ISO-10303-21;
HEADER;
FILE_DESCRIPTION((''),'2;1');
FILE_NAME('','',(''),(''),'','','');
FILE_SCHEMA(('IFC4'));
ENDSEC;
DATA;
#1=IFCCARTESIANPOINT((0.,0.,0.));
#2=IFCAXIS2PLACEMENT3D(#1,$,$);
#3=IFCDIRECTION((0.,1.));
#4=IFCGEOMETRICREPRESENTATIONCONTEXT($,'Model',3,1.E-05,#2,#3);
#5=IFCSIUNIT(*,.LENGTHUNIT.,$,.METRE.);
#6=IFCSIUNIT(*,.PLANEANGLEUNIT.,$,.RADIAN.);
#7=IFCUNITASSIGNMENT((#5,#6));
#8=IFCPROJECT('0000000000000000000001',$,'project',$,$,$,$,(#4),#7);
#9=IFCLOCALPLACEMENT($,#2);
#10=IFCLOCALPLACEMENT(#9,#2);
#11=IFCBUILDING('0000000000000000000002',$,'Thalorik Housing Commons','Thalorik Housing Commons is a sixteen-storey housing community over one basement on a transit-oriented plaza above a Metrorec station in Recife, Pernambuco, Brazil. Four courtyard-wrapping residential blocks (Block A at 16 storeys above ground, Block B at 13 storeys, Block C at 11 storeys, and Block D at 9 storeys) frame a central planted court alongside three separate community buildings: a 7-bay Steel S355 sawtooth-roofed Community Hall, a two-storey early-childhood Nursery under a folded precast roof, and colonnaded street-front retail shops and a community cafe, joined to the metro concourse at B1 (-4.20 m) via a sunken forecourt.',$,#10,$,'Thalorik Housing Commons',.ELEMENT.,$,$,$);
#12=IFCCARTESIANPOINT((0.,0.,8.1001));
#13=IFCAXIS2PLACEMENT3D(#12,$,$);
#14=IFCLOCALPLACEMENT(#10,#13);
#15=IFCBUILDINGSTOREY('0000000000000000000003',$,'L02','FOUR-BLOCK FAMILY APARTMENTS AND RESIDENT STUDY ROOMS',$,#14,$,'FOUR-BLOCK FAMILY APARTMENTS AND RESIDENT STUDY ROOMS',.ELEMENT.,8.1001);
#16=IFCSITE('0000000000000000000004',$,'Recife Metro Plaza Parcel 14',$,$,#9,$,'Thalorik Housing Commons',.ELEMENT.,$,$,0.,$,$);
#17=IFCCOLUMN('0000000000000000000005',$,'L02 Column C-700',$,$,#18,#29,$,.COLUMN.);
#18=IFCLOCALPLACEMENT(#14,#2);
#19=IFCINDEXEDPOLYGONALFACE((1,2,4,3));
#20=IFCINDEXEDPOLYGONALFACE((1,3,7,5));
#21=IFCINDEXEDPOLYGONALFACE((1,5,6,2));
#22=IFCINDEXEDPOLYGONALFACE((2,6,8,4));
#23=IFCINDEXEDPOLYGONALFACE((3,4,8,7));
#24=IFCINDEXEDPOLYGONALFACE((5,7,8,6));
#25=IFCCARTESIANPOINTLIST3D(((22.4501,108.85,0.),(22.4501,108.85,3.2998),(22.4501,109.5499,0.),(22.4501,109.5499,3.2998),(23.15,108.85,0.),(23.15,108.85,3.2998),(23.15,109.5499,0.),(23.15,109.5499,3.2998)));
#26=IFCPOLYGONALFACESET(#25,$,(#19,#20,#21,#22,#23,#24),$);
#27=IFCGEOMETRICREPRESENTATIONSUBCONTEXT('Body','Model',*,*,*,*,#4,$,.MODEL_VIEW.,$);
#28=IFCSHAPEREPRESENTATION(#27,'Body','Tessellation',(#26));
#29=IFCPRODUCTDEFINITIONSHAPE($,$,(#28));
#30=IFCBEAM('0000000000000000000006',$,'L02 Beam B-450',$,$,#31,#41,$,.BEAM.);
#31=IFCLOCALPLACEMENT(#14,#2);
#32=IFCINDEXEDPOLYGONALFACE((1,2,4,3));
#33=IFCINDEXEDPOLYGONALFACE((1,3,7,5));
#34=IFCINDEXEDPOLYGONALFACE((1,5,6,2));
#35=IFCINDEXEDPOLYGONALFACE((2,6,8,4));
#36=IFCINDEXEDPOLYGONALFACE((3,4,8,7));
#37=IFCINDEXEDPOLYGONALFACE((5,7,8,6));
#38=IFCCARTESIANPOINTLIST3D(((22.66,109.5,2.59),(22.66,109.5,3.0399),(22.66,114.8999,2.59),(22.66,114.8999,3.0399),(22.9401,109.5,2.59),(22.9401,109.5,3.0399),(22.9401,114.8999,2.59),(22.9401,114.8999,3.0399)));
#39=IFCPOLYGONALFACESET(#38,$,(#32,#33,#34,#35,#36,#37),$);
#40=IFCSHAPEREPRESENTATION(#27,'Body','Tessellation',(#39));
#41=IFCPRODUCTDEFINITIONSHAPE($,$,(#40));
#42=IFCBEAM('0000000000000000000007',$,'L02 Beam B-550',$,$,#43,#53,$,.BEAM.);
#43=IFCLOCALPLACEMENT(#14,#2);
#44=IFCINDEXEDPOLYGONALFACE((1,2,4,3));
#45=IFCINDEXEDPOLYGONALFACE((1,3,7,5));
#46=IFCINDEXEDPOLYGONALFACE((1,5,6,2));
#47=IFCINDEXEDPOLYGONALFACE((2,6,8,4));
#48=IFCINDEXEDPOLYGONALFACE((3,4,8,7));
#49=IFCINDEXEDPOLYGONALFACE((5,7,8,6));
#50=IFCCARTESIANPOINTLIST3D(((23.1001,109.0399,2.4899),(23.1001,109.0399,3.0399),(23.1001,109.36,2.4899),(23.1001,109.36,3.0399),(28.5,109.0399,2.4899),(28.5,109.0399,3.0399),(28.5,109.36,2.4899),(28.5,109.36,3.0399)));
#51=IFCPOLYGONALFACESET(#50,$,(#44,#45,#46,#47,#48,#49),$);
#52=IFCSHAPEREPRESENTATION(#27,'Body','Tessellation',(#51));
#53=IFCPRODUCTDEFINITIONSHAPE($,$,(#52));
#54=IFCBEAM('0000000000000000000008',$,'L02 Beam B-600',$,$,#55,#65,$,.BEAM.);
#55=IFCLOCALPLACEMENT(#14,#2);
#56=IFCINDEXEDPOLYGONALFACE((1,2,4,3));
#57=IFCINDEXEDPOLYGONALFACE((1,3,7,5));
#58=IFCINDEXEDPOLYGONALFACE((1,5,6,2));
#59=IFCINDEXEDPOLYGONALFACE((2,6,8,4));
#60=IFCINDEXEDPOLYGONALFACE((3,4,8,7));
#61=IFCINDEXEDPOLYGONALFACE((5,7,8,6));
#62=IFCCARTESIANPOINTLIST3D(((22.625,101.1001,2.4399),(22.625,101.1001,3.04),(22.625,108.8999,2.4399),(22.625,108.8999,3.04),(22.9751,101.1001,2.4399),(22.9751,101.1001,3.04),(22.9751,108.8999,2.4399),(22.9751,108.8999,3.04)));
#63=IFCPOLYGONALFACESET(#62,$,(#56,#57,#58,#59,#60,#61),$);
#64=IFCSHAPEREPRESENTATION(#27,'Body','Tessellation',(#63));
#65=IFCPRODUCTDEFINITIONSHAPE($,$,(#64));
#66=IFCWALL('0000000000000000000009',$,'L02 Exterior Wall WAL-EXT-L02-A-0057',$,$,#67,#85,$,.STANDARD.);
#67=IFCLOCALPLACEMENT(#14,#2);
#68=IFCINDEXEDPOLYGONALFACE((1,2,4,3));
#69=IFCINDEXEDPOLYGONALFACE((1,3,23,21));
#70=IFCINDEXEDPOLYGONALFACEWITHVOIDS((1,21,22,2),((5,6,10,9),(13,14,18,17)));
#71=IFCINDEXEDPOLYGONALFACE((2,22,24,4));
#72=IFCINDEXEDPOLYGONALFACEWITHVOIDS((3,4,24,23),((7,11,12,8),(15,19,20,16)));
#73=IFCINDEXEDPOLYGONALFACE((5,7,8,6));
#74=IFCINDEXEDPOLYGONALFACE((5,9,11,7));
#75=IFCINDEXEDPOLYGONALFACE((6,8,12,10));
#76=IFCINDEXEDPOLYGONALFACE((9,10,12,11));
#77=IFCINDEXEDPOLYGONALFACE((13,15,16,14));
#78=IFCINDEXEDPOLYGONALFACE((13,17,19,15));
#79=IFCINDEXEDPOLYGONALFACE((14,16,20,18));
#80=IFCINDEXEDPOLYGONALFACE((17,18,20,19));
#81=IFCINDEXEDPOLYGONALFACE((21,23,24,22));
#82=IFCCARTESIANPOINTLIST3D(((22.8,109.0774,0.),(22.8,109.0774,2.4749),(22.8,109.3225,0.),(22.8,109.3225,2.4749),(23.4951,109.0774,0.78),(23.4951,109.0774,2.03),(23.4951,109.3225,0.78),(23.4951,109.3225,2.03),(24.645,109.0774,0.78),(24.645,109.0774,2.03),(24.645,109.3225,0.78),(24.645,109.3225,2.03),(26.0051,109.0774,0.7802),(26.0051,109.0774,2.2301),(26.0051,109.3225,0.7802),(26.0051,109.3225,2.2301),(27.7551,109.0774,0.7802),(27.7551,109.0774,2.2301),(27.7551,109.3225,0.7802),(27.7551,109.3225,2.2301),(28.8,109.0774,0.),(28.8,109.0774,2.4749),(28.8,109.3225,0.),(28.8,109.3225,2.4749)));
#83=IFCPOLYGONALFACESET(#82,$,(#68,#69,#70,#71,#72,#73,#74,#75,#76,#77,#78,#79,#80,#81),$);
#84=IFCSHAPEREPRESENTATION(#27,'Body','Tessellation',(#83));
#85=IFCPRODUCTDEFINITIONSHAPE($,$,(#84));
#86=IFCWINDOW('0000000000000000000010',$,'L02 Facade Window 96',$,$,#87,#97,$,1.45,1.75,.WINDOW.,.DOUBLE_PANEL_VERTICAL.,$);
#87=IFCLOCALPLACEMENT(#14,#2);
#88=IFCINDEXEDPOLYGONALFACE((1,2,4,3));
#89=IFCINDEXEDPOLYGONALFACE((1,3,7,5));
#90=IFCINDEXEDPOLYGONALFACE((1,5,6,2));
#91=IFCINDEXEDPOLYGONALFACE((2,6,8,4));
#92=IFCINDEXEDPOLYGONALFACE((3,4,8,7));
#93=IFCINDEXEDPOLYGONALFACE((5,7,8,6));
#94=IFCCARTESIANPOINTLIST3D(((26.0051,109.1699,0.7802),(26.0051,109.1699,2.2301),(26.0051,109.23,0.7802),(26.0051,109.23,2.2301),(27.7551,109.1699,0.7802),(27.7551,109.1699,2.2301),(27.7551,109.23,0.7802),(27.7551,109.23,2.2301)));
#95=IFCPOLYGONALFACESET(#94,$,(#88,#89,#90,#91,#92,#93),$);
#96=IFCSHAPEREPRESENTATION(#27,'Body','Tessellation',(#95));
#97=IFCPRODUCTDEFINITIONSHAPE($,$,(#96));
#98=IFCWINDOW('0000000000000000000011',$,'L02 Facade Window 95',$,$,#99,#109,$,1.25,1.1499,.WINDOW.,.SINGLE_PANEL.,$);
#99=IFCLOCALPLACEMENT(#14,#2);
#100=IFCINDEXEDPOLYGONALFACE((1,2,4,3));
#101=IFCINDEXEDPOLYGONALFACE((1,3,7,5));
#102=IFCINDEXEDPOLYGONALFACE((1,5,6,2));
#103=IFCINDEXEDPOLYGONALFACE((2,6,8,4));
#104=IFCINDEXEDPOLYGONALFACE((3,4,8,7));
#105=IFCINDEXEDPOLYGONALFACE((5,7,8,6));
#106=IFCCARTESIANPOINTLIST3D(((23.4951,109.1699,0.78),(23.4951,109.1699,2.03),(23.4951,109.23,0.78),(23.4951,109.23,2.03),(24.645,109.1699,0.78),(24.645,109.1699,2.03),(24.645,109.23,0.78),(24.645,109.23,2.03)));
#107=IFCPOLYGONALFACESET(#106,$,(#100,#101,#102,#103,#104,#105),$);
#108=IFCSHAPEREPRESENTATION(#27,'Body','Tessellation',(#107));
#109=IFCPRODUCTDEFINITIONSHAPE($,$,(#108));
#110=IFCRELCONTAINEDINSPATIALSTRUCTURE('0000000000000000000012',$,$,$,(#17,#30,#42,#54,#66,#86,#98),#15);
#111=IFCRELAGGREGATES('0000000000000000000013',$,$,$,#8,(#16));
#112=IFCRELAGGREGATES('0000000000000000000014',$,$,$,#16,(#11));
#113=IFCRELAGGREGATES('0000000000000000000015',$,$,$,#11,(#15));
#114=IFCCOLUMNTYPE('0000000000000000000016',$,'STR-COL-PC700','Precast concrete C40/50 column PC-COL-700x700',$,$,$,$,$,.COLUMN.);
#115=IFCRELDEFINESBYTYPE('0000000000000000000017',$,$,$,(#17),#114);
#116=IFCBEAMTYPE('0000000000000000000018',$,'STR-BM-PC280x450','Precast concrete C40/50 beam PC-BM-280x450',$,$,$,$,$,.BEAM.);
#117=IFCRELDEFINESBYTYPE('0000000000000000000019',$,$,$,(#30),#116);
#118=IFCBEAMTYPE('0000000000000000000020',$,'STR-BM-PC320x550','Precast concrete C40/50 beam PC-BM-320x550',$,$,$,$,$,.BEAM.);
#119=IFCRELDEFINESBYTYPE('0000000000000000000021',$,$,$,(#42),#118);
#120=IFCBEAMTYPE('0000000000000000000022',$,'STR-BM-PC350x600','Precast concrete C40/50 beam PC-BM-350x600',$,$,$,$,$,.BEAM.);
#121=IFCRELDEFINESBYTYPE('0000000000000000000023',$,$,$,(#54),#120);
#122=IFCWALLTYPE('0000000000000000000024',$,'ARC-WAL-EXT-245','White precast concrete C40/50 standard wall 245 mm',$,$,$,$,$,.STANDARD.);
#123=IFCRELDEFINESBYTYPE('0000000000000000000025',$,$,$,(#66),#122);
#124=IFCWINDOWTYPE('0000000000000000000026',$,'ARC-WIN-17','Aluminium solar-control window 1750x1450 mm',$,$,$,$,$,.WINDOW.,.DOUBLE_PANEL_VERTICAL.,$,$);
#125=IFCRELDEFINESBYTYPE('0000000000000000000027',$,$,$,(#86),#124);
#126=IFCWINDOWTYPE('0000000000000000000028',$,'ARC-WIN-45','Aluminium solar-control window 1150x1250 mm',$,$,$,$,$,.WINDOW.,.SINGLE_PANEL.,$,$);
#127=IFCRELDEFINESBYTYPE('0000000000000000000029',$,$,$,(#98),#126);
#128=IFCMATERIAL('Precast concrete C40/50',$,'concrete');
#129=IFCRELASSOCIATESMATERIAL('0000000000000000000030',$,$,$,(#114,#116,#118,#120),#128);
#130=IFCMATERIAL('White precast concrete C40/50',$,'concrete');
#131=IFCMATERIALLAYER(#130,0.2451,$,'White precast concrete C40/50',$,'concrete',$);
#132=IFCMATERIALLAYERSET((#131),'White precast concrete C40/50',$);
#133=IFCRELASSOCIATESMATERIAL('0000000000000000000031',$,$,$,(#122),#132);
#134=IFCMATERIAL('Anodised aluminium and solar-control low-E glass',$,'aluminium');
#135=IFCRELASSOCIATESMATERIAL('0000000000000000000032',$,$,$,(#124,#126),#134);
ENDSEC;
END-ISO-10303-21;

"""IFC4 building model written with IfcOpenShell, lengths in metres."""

from ifc_helpers import new_model, si_unit, direction, frame, frame_2d, origin, origin_2d, place, context, subcontext, project, spatial, rectangle, extrude, material, layer, layer_set, material_profile, profile_set, type_object, element, fill, save


model = new_model("IFC4")

# Units and contexts
model_context = context("Model", 3, precision=1e-05, world=origin(), true_north=direction((0.0, 1.0)))
body_context = subcontext(model_context, "Body", "Model", "MODEL_VIEW")
ifc_project = project(units=[si_unit("LENGTHUNIT", "METRE"), si_unit("PLANEANGLEUNIT", "RADIAN")], contexts=[model_context])

# Site, building, storey
site_placement = place(None, origin())
site = spatial("IfcSite", under=ifc_project, at=site_placement, Name="Recife Metro Plaza Parcel 14", LongName="Thalorik Housing Commons", CompositionType="ELEMENT", RefElevation=0.0)
building_placement = place(site_placement, origin())
building = spatial("IfcBuilding", under=site, at=building_placement, Name="Thalorik Housing Commons", Description="Thalorik Housing Commons is a sixteen-storey housing community over one basement on a transit-oriented plaza above a Metrorec station in Recife, Pernambuco, Brazil. Four courtyard-wrapping residential blocks (Block A at 16 storeys above ground, Block B at 13 storeys, Block C at 11 storeys, and Block D at 9 storeys) frame a central planted court alongside three separate community buildings: a 7-bay Steel S355 sawtooth-roofed Community Hall, a two-storey early-childhood Nursery under a folded precast roof, and colonnaded street-front retail shops and a community cafe, joined to the metro concourse at B1 (-4.20 m) via a sunken forecourt.", LongName="Thalorik Housing Commons", CompositionType="ELEMENT")
storey_placement = place(building_placement, frame((0.0, 0.0, 8.1001)))
storey = spatial("IfcBuildingStorey", under=building, at=storey_placement, Name="L02", Description="FOUR-BLOCK FAMILY APARTMENTS AND RESIDENT STUDY ROOMS", LongName="FOUR-BLOCK FAMILY APARTMENTS AND RESIDENT STUDY ROOMS", CompositionType="ELEMENT", Elevation=8.1001)

# Column
ifc_material_1 = material(Name="Precast concrete C40/50", Category="concrete")
ifc_material_profile_1 = material_profile(ifc_material_1, rectangle(XDim=0.7, YDim=0.7, at=origin_2d()), Name="PC 700x700", Category="concrete")
ifc_profile_set_1 = profile_set([ifc_material_profile_1], Name="Precast concrete C40/50")
column_type = type_object("IfcColumnType", Name="STR-COL-PC700", Description="Precast concrete C40/50 column PC-COL-700x700", PredefinedType="COLUMN", material=ifc_profile_set_1)
column_placement = place(storey_placement, frame((22.8, 109.2, 0.0), z_axis=(0.0, 0.0, 1.0), x_axis=(1.0, 0.0, 0.0)))
element("IfcColumn", 1, at=column_placement, inside=storey, type_object=column_type, Name="L02 Column C-700", PredefinedType="COLUMN", context=body_context, shape_type="SweptSolid", body=[
    extrude(rectangle(XDim=0.7, YDim=0.7, at=origin_2d()), origin(), (0.0, 0.0, 1.0), 3.2998),
])

# Beams
ifc_material_profile_2 = material_profile(ifc_material_1, rectangle(XDim=0.28, YDim=0.45, at=origin_2d()), Name="PC 280x450", Category="concrete")
ifc_profile_set_2 = profile_set([ifc_material_profile_2], Name="Precast concrete C40/50")
beam_type_1 = type_object("IfcBeamType", Name="STR-BM-PC280x450", Description="Precast concrete C40/50 beam PC-BM-280x450", PredefinedType="BEAM", material=ifc_profile_set_2)
beam_1_placement = place(storey_placement, frame((22.8, 109.5, 2.8149), z_axis=(0.0, 1.0, 0.0), x_axis=(-1.0, 0.0, 0.0)))
element("IfcBeam", 2, at=beam_1_placement, inside=storey, type_object=beam_type_1, Name="L02 Beam B-450", PredefinedType="BEAM", context=body_context, shape_type="SweptSolid", body=[
    extrude(rectangle(XDim=0.28, YDim=0.45, at=origin_2d()), origin(), (0.0, 0.0, 1.0), 5.3999),
])
ifc_material_profile_3 = material_profile(ifc_material_1, rectangle(XDim=0.3201, YDim=0.55, at=origin_2d()), Name="PC 320x550", Category="concrete")
ifc_profile_set_3 = profile_set([ifc_material_profile_3], Name="Precast concrete C40/50")
beam_type_2 = type_object("IfcBeamType", Name="STR-BM-PC320x550", Description="Precast concrete C40/50 beam PC-BM-320x550", PredefinedType="BEAM", material=ifc_profile_set_3)
beam_2_placement = place(storey_placement, frame((23.1001, 109.2, 2.7649), z_axis=(1.0, 0.0, 0.0), x_axis=(0.0, 1.0, 0.0)))
element("IfcBeam", 3, at=beam_2_placement, inside=storey, type_object=beam_type_2, Name="L02 Beam B-550", PredefinedType="BEAM", context=body_context, shape_type="SweptSolid", body=[
    extrude(rectangle(XDim=0.3201, YDim=0.55, at=origin_2d()), origin(), (0.0, 0.0, 1.0), 5.3999),
])
ifc_material_profile_4 = material_profile(ifc_material_1, rectangle(XDim=0.3501, YDim=0.6001, at=origin_2d()), Name="PC 350x600", Category="concrete")
ifc_profile_set_4 = profile_set([ifc_material_profile_4], Name="Precast concrete C40/50")
beam_type_3 = type_object("IfcBeamType", Name="STR-BM-PC350x600", Description="Precast concrete C40/50 beam PC-BM-350x600", PredefinedType="BEAM", material=ifc_profile_set_4)
beam_3_placement = place(storey_placement, frame((22.8, 101.1001, 2.74), z_axis=(0.0, 1.0, 0.0), x_axis=(-1.0, 0.0, 0.0)))
element("IfcBeam", 4, at=beam_3_placement, inside=storey, type_object=beam_type_3, Name="L02 Beam B-600", PredefinedType="BEAM", context=body_context, shape_type="SweptSolid", body=[
    extrude(rectangle(XDim=0.3501, YDim=0.6001, at=origin_2d()), origin(), (0.0, 0.0, 1.0), 7.7998),
])

# Wall, openings, windows
ifc_material_2 = material(Name="White precast concrete C40/50", Category="concrete")
ifc_layer_1 = layer(ifc_material_2, 0.2451, Name="White precast concrete C40/50", Category="concrete")
ifc_layer_set_1 = layer_set([ifc_layer_1], Name="White precast concrete C40/50")
wall_type_1 = type_object("IfcWallType", Name="ARC-WAL-EXT-245", Description="White precast concrete C40/50 standard wall 245 mm", PredefinedType="STANDARD", material=ifc_layer_set_1)
wall_1_placement = place(storey_placement, frame((22.8, 109.2, 0.0), z_axis=(0.0, 0.0, 1.0), x_axis=(1.0, 0.0, 0.0)))
wall_1 = element("IfcWall", 5, at=wall_1_placement, inside=storey, type_object=wall_type_1, Name="L02 Exterior Wall WAL-EXT-L02-A-0057", PredefinedType="STANDARD", context=body_context, shape_type="SweptSolid", body=[
    extrude(rectangle(XDim=6.0, YDim=0.2451, at=frame_2d((3.0, 0.0))), origin(), (0.0, 0.0, 1.0), 2.4749),
])
opening_1_placement = place(wall_1_placement, frame((0.6951, 0.0, 0.78)))
opening_1 = element("IfcOpeningElement", 6, at=opening_1_placement, cuts=wall_1, PredefinedType="OPENING", context=body_context, shape_type="SweptSolid", body=[
    extrude(rectangle(XDim=1.1499, YDim=1.25, at=frame_2d((0.575, 0.625))), frame((0.0, 0.1326, 0.0), z_axis=(0.0, -1.0, 0.0), x_axis=(1.0, 0.0, 0.0)), (0.0, 0.0, 1.0), 0.2651),
])
opening_2_placement = place(wall_1_placement, frame((3.2051, 0.0, 0.78)))
opening_2 = element("IfcOpeningElement", 7, at=opening_2_placement, cuts=wall_1, PredefinedType="OPENING", context=body_context, shape_type="SweptSolid", body=[
    extrude(rectangle(XDim=1.75, YDim=1.45, at=frame_2d((0.875, 0.7251))), frame((0.0, 0.1326, 0.0), z_axis=(0.0, -1.0, 0.0), x_axis=(1.0, 0.0, 0.0)), (0.0, 0.0, 1.0), 0.2651),
])
ifc_material_3 = material(Name="Anodised aluminium and solar-control low-E glass", Category="aluminium")
window_type_1 = type_object("IfcWindowType", Name="ARC-WIN-17", Description="Aluminium solar-control window 1750x1450 mm", PartitioningType="DOUBLE_PANEL_VERTICAL", PredefinedType="WINDOW", material=ifc_material_3)
window_1_placement = place(opening_2_placement, origin())
window_1 = element("IfcWindow", 8, at=window_1_placement, inside=storey, type_object=window_type_1, Name="L02 Facade Window 96", OverallHeight=1.45, OverallWidth=1.75, PartitioningType="DOUBLE_PANEL_VERTICAL", PredefinedType="WINDOW", context=body_context, shape_type="SweptSolid", body=[
    extrude(rectangle(XDim=1.75, YDim=1.45, at=frame_2d((0.875, 0.7251))), frame((0.0, 0.03, 0.0), z_axis=(0.0, -1.0, 0.0), x_axis=(1.0, 0.0, 0.0)), (0.0, 0.0, 1.0), 0.0601),
])
fill(opening_2, window_1)
window_type_2 = type_object("IfcWindowType", Name="ARC-WIN-45", Description="Aluminium solar-control window 1150x1250 mm", PartitioningType="SINGLE_PANEL", PredefinedType="WINDOW", material=ifc_material_3)
window_2_placement = place(opening_1_placement, origin())
window_2 = element("IfcWindow", 9, at=window_2_placement, inside=storey, type_object=window_type_2, Name="L02 Facade Window 95", OverallHeight=1.25, OverallWidth=1.1499, PartitioningType="SINGLE_PANEL", PredefinedType="WINDOW", context=body_context, shape_type="SweptSolid", body=[
    extrude(rectangle(XDim=1.1499, YDim=1.25, at=frame_2d((0.575, 0.625))), frame((0.0, 0.03, 0.0), z_axis=(0.0, -1.0, 0.0), x_axis=(1.0, 0.0, 0.0)), (0.0, 0.0, 1.0), 0.0601),
])
fill(opening_1, window_2)

save(model, "model.ifc")
